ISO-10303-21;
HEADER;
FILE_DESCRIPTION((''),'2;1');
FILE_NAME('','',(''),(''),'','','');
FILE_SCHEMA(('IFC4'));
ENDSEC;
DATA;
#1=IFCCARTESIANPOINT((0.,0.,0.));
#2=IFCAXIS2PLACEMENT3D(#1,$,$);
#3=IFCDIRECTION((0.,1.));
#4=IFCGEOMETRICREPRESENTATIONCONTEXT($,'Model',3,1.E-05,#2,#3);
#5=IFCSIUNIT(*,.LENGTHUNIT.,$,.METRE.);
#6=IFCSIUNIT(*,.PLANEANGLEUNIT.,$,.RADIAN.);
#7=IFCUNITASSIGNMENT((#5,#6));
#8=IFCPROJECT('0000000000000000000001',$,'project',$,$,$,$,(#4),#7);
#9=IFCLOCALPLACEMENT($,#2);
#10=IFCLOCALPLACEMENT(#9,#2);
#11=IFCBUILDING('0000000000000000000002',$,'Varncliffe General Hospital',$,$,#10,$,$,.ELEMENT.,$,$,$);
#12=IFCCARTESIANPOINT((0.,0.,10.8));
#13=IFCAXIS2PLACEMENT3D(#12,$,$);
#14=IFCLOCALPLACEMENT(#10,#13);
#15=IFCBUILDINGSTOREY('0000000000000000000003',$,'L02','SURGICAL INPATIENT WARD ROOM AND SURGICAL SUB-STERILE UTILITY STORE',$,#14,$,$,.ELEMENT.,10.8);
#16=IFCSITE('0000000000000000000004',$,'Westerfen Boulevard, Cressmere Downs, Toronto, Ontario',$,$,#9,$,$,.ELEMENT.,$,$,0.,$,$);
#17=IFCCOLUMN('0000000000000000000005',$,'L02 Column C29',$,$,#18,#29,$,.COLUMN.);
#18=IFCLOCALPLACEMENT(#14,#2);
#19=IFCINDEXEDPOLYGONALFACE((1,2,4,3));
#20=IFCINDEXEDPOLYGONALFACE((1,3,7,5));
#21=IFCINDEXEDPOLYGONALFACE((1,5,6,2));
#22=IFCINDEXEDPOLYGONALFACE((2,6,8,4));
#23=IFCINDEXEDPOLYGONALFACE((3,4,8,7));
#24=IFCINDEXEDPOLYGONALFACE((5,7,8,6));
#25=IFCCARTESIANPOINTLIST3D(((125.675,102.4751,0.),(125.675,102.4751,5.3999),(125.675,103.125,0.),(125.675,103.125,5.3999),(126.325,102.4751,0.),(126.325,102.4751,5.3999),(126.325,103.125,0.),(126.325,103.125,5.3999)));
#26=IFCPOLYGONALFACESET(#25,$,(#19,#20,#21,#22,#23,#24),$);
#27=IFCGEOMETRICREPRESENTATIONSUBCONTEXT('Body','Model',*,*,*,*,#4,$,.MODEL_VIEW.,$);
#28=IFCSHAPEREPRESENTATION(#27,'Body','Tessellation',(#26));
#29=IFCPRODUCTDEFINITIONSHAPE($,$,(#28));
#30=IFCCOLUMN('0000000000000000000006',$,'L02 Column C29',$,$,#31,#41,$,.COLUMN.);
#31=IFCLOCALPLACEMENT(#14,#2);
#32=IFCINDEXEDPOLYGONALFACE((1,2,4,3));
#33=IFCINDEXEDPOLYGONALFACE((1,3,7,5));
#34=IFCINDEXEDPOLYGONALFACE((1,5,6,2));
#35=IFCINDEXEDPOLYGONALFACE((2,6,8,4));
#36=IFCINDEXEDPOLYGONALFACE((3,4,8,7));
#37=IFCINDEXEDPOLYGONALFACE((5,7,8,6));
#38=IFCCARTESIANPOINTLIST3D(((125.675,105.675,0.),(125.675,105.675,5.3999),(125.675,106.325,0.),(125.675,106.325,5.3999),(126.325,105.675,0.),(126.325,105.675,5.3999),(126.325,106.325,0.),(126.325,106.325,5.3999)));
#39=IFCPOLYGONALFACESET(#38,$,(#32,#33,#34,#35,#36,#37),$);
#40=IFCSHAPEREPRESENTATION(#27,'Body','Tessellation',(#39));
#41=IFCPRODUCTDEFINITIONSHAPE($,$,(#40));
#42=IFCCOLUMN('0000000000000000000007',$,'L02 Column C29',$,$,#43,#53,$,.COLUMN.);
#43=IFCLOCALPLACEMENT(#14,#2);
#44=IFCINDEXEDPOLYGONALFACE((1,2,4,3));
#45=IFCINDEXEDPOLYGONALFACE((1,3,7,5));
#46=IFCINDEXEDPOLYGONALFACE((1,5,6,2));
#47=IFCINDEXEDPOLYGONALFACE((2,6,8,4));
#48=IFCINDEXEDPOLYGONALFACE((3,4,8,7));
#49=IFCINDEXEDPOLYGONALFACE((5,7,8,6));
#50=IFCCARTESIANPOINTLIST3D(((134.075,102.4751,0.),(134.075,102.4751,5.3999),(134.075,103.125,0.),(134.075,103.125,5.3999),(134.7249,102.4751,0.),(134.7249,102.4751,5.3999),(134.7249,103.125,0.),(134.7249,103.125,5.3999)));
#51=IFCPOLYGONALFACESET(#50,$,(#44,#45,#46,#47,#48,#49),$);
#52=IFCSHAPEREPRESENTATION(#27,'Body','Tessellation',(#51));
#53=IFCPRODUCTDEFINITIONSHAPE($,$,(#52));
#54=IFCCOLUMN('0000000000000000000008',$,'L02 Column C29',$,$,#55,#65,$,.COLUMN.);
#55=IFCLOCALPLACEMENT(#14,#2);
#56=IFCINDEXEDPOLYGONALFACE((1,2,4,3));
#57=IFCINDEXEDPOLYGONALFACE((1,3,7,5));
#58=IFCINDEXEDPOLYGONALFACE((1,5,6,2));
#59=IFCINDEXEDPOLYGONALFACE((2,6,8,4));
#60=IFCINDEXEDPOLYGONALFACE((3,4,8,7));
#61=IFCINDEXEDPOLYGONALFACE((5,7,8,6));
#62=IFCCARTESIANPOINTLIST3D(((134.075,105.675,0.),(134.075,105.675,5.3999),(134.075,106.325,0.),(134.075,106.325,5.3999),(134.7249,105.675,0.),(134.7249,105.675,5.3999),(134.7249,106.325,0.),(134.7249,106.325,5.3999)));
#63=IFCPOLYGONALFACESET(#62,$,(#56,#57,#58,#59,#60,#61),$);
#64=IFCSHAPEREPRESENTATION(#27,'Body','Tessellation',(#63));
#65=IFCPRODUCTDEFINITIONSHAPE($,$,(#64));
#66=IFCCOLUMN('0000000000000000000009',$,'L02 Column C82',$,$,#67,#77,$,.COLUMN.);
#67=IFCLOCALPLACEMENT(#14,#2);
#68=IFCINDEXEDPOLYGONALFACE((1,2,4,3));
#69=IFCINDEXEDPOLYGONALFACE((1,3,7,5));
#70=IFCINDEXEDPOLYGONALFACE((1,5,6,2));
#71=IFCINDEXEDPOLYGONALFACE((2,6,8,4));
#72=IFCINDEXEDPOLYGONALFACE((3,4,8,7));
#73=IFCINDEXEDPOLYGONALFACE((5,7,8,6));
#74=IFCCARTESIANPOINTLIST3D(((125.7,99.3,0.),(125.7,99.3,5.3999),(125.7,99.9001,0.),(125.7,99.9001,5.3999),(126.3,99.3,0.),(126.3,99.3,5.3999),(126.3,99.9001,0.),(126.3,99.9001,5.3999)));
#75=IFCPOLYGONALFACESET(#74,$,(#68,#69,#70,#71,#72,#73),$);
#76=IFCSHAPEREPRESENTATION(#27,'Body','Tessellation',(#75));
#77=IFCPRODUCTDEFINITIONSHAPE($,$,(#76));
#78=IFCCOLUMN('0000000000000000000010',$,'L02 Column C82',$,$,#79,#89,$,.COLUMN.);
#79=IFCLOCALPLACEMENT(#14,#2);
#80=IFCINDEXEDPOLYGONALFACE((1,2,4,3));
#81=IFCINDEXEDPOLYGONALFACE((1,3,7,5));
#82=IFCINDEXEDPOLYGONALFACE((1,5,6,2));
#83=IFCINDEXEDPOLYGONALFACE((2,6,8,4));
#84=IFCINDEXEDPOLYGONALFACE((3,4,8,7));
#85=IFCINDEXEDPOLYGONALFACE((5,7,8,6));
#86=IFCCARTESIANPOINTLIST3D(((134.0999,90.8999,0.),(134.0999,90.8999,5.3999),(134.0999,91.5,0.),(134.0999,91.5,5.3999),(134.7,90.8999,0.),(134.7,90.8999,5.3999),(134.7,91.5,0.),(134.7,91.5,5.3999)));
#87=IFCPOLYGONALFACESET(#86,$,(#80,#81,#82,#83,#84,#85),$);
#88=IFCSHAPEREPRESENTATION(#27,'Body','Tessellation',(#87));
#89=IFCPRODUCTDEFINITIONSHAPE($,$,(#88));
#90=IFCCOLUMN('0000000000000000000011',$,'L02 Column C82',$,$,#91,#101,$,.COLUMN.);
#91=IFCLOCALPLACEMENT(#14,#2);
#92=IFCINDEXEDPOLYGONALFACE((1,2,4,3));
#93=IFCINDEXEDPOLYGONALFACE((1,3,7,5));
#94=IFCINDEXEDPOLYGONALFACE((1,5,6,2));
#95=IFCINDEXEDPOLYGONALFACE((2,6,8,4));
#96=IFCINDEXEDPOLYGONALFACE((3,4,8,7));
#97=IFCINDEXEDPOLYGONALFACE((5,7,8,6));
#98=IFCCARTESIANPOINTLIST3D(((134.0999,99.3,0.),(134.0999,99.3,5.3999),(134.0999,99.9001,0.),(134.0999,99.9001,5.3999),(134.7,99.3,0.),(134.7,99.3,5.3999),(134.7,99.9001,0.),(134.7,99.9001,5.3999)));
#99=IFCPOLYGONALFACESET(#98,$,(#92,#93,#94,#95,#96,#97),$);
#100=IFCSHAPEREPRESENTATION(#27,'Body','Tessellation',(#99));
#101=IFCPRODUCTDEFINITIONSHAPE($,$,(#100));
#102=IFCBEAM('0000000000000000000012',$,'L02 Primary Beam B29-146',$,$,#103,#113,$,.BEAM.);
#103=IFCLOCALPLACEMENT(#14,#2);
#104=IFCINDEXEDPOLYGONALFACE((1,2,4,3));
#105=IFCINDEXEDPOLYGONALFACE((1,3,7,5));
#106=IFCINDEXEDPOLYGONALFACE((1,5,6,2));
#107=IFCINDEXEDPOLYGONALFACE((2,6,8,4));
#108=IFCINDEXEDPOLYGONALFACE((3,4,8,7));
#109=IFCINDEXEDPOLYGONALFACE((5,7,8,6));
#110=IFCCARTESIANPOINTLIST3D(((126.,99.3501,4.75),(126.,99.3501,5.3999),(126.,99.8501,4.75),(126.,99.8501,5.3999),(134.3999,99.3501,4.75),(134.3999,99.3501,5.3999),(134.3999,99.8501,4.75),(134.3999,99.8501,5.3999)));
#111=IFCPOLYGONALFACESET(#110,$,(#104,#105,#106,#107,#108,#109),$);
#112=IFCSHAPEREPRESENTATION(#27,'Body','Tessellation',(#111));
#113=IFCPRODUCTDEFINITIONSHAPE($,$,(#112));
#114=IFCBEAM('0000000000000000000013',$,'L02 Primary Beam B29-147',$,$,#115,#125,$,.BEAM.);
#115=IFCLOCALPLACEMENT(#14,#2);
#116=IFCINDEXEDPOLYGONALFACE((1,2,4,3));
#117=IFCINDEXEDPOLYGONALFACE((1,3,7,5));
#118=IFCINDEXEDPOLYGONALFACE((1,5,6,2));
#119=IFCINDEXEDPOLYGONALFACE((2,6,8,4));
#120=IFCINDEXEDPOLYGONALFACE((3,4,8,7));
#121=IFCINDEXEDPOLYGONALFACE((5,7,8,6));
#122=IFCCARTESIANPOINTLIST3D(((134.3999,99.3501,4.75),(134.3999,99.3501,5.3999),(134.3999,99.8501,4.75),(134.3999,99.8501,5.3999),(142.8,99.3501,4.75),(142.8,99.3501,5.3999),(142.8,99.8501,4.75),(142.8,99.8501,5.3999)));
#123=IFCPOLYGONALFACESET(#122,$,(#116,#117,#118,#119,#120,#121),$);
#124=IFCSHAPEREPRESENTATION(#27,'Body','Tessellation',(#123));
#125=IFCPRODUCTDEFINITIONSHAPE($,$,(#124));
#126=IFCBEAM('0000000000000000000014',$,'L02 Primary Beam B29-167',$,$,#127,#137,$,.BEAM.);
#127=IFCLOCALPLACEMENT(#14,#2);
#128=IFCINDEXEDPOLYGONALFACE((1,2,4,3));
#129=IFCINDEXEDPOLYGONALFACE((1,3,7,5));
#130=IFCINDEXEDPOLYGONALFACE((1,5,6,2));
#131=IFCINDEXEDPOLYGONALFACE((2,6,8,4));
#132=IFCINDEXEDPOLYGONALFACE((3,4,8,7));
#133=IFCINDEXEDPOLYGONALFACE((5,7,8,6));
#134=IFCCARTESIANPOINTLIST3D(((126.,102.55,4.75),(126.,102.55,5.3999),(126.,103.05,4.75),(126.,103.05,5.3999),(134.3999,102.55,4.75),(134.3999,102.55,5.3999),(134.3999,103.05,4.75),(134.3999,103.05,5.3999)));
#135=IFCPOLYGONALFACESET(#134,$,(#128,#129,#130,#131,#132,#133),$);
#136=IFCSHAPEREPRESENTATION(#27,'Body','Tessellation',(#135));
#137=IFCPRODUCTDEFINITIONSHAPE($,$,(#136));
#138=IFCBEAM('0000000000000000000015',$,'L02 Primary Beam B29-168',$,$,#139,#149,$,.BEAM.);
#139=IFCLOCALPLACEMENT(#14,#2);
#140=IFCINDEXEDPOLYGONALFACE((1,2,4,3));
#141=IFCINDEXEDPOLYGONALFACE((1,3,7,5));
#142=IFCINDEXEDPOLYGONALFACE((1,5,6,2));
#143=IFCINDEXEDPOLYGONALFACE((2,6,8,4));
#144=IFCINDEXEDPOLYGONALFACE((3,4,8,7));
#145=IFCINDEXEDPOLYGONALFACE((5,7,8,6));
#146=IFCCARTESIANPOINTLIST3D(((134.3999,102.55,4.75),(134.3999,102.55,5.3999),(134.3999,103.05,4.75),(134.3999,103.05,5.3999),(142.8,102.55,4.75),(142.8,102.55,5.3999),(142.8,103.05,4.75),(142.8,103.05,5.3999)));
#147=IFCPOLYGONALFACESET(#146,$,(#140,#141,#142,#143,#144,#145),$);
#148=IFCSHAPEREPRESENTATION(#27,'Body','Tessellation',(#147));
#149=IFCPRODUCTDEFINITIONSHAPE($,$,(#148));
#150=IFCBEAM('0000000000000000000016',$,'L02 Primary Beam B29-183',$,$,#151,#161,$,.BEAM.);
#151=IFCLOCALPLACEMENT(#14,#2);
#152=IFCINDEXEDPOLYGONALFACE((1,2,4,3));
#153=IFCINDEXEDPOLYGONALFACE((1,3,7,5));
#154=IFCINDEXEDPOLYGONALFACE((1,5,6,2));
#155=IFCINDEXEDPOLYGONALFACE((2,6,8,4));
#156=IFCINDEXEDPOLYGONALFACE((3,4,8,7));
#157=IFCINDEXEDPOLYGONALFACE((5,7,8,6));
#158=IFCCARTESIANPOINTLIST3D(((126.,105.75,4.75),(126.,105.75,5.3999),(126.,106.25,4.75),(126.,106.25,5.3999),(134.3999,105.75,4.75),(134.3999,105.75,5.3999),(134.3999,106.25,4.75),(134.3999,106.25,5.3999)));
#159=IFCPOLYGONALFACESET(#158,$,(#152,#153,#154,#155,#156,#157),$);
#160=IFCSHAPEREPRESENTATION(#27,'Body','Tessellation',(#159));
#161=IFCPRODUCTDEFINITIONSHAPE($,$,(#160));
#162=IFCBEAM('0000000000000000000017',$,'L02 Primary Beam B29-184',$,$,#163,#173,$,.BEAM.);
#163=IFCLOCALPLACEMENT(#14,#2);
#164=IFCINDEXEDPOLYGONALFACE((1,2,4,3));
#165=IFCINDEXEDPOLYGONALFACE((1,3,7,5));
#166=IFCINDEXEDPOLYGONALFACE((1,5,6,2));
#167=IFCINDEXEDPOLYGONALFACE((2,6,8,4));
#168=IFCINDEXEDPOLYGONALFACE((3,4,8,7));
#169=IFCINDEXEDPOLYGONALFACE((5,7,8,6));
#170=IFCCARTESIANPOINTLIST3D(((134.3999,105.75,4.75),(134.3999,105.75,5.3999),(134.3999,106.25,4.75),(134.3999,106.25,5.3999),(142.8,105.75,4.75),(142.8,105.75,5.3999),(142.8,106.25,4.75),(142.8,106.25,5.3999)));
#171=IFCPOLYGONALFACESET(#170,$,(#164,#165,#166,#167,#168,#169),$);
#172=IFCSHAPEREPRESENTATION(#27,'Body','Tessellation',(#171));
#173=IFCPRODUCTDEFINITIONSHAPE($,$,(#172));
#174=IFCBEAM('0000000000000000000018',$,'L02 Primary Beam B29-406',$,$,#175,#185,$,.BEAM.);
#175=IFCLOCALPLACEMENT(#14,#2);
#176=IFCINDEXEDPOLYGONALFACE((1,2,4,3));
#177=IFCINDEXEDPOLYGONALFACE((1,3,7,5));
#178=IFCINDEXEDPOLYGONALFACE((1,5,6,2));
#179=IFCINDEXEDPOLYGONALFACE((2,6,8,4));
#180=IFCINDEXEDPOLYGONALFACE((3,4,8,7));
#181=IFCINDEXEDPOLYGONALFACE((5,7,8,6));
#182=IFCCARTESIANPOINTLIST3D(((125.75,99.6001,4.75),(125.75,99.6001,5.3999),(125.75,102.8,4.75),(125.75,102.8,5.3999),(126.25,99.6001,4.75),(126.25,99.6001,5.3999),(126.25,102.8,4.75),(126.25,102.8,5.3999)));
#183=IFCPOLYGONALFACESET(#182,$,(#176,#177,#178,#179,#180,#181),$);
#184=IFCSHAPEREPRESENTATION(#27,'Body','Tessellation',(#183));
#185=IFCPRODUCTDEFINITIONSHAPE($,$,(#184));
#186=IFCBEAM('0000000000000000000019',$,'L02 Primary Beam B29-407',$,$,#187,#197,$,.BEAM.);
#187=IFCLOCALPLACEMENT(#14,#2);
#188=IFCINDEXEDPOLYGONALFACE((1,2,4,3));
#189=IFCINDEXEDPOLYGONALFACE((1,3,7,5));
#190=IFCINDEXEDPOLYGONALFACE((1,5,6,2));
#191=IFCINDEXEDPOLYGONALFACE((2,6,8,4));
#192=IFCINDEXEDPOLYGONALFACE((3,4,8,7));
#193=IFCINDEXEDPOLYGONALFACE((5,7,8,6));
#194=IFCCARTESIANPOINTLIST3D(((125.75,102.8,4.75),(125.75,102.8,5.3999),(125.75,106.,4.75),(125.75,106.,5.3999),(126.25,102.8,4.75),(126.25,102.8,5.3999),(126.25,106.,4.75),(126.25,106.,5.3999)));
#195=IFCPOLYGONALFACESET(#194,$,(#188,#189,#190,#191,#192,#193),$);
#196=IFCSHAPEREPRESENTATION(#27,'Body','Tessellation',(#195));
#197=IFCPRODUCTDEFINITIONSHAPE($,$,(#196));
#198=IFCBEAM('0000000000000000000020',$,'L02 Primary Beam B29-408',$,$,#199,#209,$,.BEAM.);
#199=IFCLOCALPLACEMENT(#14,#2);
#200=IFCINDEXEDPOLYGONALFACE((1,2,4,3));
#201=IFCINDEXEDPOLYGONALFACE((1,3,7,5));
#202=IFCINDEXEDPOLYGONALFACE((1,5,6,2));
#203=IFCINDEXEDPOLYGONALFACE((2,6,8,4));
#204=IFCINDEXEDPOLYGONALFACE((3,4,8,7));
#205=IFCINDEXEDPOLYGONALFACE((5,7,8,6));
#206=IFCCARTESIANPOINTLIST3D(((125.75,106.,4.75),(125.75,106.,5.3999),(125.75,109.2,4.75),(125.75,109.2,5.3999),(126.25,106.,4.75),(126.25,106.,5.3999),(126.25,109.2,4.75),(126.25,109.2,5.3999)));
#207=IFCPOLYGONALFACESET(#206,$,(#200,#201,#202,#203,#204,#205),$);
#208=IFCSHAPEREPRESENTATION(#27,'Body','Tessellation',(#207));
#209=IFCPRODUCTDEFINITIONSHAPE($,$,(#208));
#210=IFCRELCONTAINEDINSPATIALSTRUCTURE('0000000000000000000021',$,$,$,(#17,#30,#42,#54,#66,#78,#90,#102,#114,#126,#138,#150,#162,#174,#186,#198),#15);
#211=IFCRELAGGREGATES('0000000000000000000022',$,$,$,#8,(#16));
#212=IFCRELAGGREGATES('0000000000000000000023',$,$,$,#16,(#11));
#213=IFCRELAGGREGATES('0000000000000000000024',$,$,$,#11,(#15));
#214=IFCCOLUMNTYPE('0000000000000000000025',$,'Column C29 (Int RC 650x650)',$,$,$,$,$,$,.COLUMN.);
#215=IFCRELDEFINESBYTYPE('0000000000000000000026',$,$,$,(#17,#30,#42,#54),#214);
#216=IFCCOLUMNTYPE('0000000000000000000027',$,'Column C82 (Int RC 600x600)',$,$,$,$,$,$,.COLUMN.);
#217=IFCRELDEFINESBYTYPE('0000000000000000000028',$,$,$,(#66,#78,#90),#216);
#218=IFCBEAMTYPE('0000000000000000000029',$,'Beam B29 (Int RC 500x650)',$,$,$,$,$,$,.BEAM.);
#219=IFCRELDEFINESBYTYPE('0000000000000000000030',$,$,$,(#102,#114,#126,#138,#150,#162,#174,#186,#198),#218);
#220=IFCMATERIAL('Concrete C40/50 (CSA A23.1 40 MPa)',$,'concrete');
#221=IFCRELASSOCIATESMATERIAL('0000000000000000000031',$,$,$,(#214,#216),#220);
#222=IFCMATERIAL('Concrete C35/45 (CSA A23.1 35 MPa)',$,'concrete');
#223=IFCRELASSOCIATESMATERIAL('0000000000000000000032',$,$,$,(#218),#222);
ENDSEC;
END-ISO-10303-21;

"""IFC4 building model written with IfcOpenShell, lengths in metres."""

from ifc_helpers import new_model, si_unit, direction, frame, origin, origin_2d, place, context, subcontext, project, spatial, rectangle, extrude, material, material_profile, profile_set, type_object, element, save


model = new_model("IFC4")

# Units and contexts
model_context = context("Model", 3, precision=1e-05, world=origin(), true_north=direction((0.0, 1.0)))
body_context = subcontext(model_context, "Body", "Model", "MODEL_VIEW")
ifc_project = project(units=[si_unit("LENGTHUNIT", "METRE"), si_unit("PLANEANGLEUNIT", "RADIAN")], contexts=[model_context])

# Site, building, storey
site_placement = place(None, origin())
site = spatial("IfcSite", under=ifc_project, at=site_placement, Name="Westerfen Boulevard, Cressmere Downs, Toronto, Ontario", CompositionType="ELEMENT", RefElevation=0.0)
building_placement = place(site_placement, origin())
building = spatial("IfcBuilding", under=site, at=building_placement, Name="Varncliffe General Hospital", CompositionType="ELEMENT")
storey_placement = place(building_placement, frame((0.0, 0.0, 10.8)))
storey = spatial("IfcBuildingStorey", under=building, at=storey_placement, Name="L02", Description="SURGICAL INPATIENT WARD ROOM AND SURGICAL SUB-STERILE UTILITY STORE", CompositionType="ELEMENT", Elevation=10.8)

# Columns
ifc_material_1 = material(Name="Concrete C40/50 (CSA A23.1 40 MPa)", Category="concrete")
ifc_material_profile_1 = material_profile(ifc_material_1, rectangle(XDim=0.6499, YDim=0.6499, at=origin_2d()), Name="RC 650x650")
ifc_profile_set_1 = profile_set([ifc_material_profile_1], Name="Concrete C40/50 (CSA A23.1 40 MPa)")
column_type_1 = type_object("IfcColumnType", Name="Column C29 (Int RC 650x650)", PredefinedType="COLUMN", material=ifc_profile_set_1)
for number, where, z_axis, x_axis, name in (
    (1, (126.0, 102.8, 0.0), (0.0, 0.0, 1.0), (1.0, 0.0, 0.0), "L02 Column C29"),
    (2, (126.0, 106.0, 0.0), (0.0, 0.0, 1.0), (1.0, 0.0, 0.0), "L02 Column C29"),
    (3, (134.3999, 102.8, 0.0), (0.0, 0.0, 1.0), (1.0, 0.0, 0.0), "L02 Column C29"),
    (4, (134.3999, 106.0, 0.0), (0.0, 0.0, 1.0), (1.0, 0.0, 0.0), "L02 Column C29"),
):
    element("IfcColumn", number, at=place(storey_placement, frame(where, z_axis=z_axis, x_axis=x_axis)), inside=storey, type_object=column_type_1, Name=name, PredefinedType="COLUMN", context=body_context, shape_type="SweptSolid", body=[
        extrude(rectangle(XDim=0.6499, YDim=0.6499, at=origin_2d()), origin(), (0.0, 0.0, 1.0), 5.3999),
    ])
ifc_material_profile_2 = material_profile(ifc_material_1, rectangle(XDim=0.6001, YDim=0.6001, at=origin_2d()), Name="RC 600x600")
ifc_profile_set_2 = profile_set([ifc_material_profile_2], Name="Concrete C40/50 (CSA A23.1 40 MPa)")
column_type_2 = type_object("IfcColumnType", Name="Column C82 (Int RC 600x600)", PredefinedType="COLUMN", material=ifc_profile_set_2)
for number, where, z_axis, x_axis, name in (
    (5, (126.0, 99.6001, 0.0), (0.0, 0.0, 1.0), (1.0, 0.0, 0.0), "L02 Column C82"),
    (6, (134.3999, 91.2, 0.0), (0.0, 0.0, 1.0), (1.0, 0.0, 0.0), "L02 Column C82"),
    (7, (134.3999, 99.6001, 0.0), (0.0, 0.0, 1.0), (1.0, 0.0, 0.0), "L02 Column C82"),
):
    element("IfcColumn", number, at=place(storey_placement, frame(where, z_axis=z_axis, x_axis=x_axis)), inside=storey, type_object=column_type_2, Name=name, PredefinedType="COLUMN", context=body_context, shape_type="SweptSolid", body=[
        extrude(rectangle(XDim=0.6001, YDim=0.6001, at=origin_2d()), origin(), (0.0, 0.0, 1.0), 5.3999),
    ])

# Beams
ifc_material_2 = material(Name="Concrete C35/45 (CSA A23.1 35 MPa)", Category="concrete")
ifc_material_profile_3 = material_profile(ifc_material_2, rectangle(XDim=0.5, YDim=0.6499, at=origin_2d()), Name="RC 500x650")
ifc_profile_set_3 = profile_set([ifc_material_profile_3], Name="Concrete C35/45 (CSA A23.1 35 MPa)")
beam_type_1 = type_object("IfcBeamType", Name="Beam B29 (Int RC 500x650)", PredefinedType="BEAM", material=ifc_profile_set_3)
beam_1_placement = place(storey_placement, frame((126.0, 99.6001, 5.075), z_axis=(1.0, 0.0, 0.0), x_axis=(0.0, 1.0, 0.0)))
element("IfcBeam", 8, at=beam_1_placement, inside=storey, type_object=beam_type_1, Name="L02 Primary Beam B29-146", PredefinedType="BEAM", context=body_context, shape_type="SweptSolid", body=[
    extrude(rectangle(XDim=0.5, YDim=0.6499, at=origin_2d()), origin(), (0.0, 0.0, 1.0), 8.3999),
])
beam_2_placement = place(storey_placement, frame((134.3999, 99.6001, 5.075), z_axis=(1.0, 0.0, 0.0), x_axis=(0.0, 1.0, 0.0)))
element("IfcBeam", 9, at=beam_2_placement, inside=storey, type_object=beam_type_1, Name="L02 Primary Beam B29-147", PredefinedType="BEAM", context=body_context, shape_type="SweptSolid", body=[
    extrude(rectangle(XDim=0.5, YDim=0.6499, at=origin_2d()), origin(), (0.0, 0.0, 1.0), 8.4001),
])
beam_3_placement = place(storey_placement, frame((126.0, 102.8, 5.075), z_axis=(1.0, 0.0, 0.0), x_axis=(0.0, 1.0, 0.0)))
element("IfcBeam", 10, at=beam_3_placement, inside=storey, type_object=beam_type_1, Name="L02 Primary Beam B29-167", PredefinedType="BEAM", context=body_context, shape_type="SweptSolid", body=[
    extrude(rectangle(XDim=0.5, YDim=0.6499, at=origin_2d()), origin(), (0.0, 0.0, 1.0), 8.3999),
])
beam_4_placement = place(storey_placement, frame((134.3999, 102.8, 5.075), z_axis=(1.0, 0.0, 0.0), x_axis=(0.0, 1.0, 0.0)))
element("IfcBeam", 11, at=beam_4_placement, inside=storey, type_object=beam_type_1, Name="L02 Primary Beam B29-168", PredefinedType="BEAM", context=body_context, shape_type="SweptSolid", body=[
    extrude(rectangle(XDim=0.5, YDim=0.6499, at=origin_2d()), origin(), (0.0, 0.0, 1.0), 8.4001),
])
beam_5_placement = place(storey_placement, frame((126.0, 106.0, 5.075), z_axis=(1.0, 0.0, 0.0), x_axis=(0.0, 1.0, 0.0)))
element("IfcBeam", 12, at=beam_5_placement, inside=storey, type_object=beam_type_1, Name="L02 Primary Beam B29-183", PredefinedType="BEAM", context=body_context, shape_type="SweptSolid", body=[
    extrude(rectangle(XDim=0.5, YDim=0.6499, at=origin_2d()), origin(), (0.0, 0.0, 1.0), 8.3999),
])
beam_6_placement = place(storey_placement, frame((134.3999, 106.0, 5.075), z_axis=(1.0, 0.0, 0.0), x_axis=(0.0, 1.0, 0.0)))
element("IfcBeam", 13, at=beam_6_placement, inside=storey, type_object=beam_type_1, Name="L02 Primary Beam B29-184", PredefinedType="BEAM", context=body_context, shape_type="SweptSolid", body=[
    extrude(rectangle(XDim=0.5, YDim=0.6499, at=origin_2d()), origin(), (0.0, 0.0, 1.0), 8.4001),
])
for number, where, z_axis, x_axis, name in (
    (14, (126.0, 99.6001, 5.075), (0.0, 1.0, 0.0), (-1.0, 0.0, 0.0), "L02 Primary Beam B29-406"),
    (15, (126.0, 102.8, 5.075), (0.0, 1.0, 0.0), (-1.0, 0.0, 0.0), "L02 Primary Beam B29-407"),
    (16, (126.0, 106.0, 5.075), (0.0, 1.0, 0.0), (-1.0, 0.0, 0.0), "L02 Primary Beam B29-408"),
):
    element("IfcBeam", number, at=place(storey_placement, frame(where, z_axis=z_axis, x_axis=x_axis)), inside=storey, type_object=beam_type_1, Name=name, PredefinedType="BEAM", context=body_context, shape_type="SweptSolid", body=[
        extrude(rectangle(XDim=0.5, YDim=0.6499, at=origin_2d()), origin(), (0.0, 0.0, 1.0), 3.2),
    ])

save(model, "model.ifc")
